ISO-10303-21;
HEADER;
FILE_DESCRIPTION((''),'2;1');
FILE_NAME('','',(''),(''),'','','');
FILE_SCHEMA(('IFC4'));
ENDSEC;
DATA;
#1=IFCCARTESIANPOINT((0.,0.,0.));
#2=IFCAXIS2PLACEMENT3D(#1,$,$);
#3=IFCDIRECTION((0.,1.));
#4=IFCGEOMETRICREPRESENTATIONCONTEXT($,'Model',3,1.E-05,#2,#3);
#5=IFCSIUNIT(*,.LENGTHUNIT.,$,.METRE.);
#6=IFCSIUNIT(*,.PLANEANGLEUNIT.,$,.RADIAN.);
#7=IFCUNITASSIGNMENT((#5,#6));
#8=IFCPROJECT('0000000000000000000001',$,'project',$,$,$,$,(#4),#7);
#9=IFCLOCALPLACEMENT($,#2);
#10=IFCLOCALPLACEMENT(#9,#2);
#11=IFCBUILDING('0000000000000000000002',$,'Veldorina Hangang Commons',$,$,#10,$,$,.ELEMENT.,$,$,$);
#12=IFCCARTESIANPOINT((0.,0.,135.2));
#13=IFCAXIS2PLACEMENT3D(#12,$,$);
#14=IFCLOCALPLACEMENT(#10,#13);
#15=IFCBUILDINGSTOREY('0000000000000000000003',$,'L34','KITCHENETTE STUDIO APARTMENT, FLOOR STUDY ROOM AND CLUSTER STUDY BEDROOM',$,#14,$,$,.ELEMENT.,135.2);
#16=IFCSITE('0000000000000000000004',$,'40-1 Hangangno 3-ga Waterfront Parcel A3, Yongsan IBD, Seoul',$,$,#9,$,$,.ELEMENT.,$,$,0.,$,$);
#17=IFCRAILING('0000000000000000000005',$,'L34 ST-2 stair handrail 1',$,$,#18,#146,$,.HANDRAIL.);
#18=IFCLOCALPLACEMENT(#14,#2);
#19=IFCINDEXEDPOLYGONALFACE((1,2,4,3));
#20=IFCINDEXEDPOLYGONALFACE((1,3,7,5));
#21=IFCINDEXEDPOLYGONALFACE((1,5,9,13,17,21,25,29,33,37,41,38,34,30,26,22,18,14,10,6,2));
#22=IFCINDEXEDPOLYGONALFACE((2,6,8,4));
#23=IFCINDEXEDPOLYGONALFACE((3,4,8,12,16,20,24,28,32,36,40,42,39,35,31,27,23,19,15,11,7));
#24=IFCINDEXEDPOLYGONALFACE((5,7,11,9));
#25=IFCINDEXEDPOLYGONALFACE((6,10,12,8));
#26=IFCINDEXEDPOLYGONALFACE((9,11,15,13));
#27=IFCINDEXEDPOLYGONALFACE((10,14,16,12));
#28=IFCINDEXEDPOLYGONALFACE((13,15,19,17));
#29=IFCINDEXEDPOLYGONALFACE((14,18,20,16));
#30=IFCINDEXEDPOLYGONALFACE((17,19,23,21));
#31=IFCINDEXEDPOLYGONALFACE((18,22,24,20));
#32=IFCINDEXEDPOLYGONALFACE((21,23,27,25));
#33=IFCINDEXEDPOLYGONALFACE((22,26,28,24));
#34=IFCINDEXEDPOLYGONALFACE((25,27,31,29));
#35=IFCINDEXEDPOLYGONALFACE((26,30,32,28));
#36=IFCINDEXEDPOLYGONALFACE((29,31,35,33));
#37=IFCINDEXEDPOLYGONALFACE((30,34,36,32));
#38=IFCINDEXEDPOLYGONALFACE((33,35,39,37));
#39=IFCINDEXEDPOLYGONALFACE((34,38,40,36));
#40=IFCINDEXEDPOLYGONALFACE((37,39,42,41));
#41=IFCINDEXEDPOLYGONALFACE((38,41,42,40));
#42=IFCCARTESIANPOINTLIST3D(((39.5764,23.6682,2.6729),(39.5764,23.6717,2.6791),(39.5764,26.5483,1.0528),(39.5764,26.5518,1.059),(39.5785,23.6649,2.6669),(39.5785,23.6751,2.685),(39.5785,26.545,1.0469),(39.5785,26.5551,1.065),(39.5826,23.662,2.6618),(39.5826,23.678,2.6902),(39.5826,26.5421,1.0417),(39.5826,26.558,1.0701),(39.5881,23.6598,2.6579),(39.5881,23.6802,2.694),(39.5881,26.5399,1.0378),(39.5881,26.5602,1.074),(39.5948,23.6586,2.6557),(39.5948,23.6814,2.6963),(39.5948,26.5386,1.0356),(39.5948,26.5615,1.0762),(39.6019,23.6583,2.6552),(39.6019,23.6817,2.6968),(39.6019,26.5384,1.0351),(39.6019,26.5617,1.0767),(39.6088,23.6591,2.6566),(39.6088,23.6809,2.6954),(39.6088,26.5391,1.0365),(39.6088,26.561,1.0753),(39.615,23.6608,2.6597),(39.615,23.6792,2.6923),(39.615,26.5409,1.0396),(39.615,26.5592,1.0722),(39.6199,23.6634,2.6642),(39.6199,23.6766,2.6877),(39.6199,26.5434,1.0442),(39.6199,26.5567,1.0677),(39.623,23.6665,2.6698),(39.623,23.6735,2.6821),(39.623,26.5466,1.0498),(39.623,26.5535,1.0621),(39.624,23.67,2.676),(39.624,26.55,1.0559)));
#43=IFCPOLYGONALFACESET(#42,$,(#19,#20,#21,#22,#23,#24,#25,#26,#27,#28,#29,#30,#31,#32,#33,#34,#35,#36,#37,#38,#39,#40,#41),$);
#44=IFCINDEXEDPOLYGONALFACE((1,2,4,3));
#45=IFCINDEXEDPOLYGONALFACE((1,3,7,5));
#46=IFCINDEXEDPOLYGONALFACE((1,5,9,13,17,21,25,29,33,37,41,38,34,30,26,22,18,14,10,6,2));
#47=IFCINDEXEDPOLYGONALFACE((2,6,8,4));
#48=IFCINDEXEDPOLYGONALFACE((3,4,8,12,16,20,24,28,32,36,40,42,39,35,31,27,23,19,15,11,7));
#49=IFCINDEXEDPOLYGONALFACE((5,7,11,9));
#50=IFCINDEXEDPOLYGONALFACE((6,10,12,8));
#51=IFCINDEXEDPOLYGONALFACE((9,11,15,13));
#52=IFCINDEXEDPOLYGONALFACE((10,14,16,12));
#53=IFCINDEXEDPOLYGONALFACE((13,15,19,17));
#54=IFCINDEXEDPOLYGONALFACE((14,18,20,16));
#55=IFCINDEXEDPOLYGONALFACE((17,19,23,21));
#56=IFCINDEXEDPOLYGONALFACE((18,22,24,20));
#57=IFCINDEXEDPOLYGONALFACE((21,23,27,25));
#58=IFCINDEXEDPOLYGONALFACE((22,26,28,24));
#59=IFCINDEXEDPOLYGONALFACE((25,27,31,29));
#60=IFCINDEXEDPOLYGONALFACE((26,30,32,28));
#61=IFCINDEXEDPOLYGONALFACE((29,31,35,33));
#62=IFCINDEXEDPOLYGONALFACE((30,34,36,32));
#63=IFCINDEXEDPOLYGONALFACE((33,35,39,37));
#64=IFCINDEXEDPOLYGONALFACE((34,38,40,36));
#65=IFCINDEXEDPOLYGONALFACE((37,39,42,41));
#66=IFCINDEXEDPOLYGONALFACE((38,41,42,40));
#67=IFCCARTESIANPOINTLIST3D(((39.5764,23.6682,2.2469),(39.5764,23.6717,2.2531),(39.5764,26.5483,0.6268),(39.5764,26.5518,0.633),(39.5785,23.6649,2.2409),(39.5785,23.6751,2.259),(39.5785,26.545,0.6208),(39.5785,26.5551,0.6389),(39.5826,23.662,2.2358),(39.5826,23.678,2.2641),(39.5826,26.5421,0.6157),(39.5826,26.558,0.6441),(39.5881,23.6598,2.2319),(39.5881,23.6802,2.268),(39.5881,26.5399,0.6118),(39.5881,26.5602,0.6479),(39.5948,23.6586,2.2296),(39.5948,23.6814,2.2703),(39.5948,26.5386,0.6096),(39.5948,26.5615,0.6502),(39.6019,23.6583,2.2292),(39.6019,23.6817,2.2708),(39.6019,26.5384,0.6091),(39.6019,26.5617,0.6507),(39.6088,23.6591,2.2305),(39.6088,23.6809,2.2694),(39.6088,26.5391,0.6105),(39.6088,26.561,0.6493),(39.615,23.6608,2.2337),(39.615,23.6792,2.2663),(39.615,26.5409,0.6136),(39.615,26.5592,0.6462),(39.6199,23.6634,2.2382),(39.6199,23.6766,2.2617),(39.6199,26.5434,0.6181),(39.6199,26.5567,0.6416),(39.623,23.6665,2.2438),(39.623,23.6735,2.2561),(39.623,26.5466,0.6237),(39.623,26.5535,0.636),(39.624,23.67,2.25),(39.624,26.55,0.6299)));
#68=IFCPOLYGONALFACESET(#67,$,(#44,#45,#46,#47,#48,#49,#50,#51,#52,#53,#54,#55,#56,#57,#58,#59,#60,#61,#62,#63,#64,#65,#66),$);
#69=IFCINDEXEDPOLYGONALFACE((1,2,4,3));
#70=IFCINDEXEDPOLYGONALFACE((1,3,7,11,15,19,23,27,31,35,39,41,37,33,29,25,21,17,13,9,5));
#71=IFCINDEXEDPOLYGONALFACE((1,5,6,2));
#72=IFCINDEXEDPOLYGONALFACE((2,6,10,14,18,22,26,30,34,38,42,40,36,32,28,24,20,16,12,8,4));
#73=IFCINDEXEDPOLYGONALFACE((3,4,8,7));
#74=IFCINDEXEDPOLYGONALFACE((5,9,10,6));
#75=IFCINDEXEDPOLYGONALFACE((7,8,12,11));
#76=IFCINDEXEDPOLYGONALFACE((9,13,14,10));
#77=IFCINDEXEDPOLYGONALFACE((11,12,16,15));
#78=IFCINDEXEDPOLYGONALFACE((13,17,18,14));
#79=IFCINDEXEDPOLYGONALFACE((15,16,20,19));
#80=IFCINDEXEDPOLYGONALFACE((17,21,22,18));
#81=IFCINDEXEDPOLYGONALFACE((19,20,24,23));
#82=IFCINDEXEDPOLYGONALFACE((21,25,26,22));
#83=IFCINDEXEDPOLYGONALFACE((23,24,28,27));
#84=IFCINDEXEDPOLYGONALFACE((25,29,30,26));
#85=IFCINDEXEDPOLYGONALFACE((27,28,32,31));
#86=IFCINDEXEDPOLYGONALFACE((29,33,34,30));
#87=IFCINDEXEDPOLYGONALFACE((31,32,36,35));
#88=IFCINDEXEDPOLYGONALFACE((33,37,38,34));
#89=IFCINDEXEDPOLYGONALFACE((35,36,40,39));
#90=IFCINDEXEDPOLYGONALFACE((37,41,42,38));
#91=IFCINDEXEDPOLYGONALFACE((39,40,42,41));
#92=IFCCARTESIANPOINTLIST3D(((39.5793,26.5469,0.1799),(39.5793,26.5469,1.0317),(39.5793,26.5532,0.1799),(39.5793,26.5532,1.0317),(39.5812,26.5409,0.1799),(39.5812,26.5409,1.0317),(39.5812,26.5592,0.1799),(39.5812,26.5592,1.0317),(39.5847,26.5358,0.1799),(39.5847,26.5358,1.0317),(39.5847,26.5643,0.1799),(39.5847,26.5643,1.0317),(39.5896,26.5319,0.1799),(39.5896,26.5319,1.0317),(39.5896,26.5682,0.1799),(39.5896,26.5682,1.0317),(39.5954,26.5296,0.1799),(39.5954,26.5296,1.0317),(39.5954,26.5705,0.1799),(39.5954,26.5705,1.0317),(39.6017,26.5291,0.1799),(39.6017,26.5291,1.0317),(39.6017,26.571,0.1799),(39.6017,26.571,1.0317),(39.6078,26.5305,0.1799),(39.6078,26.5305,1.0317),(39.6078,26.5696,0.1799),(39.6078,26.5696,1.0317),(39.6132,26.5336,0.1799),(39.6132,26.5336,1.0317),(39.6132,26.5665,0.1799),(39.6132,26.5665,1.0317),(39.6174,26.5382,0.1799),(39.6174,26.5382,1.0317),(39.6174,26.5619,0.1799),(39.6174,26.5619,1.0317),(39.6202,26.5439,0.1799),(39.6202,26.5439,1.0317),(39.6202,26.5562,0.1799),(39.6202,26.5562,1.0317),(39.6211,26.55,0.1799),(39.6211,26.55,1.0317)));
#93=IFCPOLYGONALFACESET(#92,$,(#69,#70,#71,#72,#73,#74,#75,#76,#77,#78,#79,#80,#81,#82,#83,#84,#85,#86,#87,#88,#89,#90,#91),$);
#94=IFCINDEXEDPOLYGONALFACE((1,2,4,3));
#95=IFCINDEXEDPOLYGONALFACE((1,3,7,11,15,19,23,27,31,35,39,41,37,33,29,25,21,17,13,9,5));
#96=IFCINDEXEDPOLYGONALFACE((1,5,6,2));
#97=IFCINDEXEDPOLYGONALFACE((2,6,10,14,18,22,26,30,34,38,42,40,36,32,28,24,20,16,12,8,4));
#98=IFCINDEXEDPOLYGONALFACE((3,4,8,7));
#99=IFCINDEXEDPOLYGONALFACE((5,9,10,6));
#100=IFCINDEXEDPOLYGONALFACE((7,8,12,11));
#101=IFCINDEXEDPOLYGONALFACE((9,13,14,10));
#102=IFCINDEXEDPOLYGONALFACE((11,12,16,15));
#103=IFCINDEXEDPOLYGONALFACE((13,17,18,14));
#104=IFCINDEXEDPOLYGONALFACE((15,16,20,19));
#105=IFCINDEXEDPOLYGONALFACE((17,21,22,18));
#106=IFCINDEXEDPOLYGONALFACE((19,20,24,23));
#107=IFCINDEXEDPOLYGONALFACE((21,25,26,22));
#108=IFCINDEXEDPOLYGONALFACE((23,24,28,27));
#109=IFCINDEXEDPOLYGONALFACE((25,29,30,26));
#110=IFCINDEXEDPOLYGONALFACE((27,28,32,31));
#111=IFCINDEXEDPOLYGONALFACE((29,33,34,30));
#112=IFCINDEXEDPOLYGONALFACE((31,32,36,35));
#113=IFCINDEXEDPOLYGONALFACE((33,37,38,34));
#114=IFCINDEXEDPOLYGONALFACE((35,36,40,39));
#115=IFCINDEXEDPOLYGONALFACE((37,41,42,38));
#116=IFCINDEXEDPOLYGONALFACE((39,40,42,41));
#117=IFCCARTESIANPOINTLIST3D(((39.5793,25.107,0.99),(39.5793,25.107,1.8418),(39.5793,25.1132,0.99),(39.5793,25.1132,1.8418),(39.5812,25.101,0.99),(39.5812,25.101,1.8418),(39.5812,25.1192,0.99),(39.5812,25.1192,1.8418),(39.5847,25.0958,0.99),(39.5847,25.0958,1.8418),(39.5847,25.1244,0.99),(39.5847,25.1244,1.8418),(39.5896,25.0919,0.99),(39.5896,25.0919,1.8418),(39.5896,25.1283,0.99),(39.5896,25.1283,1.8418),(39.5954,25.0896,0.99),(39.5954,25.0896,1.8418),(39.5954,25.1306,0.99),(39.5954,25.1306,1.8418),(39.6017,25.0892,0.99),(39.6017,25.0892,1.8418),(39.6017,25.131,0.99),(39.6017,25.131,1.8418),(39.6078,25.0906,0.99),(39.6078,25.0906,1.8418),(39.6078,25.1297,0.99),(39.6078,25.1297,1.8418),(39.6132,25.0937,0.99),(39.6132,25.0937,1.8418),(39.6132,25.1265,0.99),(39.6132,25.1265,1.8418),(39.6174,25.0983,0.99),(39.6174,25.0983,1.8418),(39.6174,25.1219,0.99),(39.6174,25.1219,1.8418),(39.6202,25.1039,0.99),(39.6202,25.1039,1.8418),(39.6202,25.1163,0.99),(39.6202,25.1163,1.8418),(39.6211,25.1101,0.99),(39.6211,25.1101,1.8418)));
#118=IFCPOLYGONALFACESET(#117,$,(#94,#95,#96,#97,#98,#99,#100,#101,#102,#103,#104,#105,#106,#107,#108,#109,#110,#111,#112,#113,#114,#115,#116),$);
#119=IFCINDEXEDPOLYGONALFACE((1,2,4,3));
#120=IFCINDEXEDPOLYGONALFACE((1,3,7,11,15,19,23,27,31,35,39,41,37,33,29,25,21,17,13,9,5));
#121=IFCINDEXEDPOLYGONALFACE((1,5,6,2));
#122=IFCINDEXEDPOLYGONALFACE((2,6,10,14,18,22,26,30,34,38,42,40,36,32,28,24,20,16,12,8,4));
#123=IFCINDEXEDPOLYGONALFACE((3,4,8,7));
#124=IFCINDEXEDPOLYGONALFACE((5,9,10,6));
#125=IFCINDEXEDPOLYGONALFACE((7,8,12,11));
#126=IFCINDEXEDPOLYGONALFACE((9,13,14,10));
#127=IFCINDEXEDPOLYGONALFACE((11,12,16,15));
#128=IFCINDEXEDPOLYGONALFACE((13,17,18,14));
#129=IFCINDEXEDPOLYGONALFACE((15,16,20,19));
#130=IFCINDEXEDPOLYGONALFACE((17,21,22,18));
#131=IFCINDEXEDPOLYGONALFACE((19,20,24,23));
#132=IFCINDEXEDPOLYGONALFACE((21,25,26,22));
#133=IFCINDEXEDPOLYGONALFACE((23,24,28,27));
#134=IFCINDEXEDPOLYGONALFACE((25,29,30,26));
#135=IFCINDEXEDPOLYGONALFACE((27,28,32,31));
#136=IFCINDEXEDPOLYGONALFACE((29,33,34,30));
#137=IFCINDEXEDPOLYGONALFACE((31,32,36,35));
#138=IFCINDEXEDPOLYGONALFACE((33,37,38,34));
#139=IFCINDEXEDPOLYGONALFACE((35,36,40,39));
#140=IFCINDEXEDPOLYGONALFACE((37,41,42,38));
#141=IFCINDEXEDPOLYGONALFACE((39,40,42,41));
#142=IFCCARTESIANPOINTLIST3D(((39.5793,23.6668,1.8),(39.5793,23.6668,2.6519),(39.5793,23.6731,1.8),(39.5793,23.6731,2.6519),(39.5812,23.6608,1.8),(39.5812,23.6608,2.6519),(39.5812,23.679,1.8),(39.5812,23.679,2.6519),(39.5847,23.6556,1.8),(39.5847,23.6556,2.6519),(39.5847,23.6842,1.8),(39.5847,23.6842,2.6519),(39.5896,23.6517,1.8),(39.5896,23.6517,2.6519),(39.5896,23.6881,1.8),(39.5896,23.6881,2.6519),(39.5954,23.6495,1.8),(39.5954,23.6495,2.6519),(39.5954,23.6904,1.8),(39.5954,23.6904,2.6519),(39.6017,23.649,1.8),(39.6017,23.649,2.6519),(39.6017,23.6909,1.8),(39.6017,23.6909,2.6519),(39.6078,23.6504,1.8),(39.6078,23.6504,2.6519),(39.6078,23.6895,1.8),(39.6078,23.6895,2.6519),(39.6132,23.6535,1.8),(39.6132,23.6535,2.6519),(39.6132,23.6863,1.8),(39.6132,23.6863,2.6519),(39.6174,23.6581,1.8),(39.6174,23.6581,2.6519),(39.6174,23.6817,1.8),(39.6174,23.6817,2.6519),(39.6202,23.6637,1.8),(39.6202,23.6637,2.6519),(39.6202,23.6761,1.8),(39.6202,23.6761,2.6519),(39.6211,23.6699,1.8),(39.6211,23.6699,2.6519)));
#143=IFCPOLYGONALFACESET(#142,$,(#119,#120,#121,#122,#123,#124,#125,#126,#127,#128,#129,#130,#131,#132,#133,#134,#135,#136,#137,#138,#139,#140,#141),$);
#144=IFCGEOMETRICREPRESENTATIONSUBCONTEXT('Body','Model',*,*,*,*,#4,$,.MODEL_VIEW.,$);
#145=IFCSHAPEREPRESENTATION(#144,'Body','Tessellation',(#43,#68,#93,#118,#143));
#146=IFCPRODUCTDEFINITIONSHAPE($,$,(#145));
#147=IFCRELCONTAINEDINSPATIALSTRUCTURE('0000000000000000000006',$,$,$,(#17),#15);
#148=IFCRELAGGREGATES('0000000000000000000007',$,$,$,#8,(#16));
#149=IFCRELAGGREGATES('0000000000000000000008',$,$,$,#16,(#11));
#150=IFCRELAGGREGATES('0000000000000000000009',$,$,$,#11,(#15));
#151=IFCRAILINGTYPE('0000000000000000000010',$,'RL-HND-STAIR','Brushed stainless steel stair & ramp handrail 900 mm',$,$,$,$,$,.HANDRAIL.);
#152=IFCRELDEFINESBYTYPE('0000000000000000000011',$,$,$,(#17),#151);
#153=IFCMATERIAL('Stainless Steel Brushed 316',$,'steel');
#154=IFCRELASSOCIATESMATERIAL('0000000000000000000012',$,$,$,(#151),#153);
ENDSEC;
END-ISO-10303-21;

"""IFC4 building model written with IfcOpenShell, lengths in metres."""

from ifc_helpers import new_model, si_unit, direction, frame, origin, origin_2d, place, context, subcontext, project, spatial, circle, extrude, material, type_object, element, save


model = new_model("IFC4")

# Units and contexts
model_context = context("Model", 3, precision=1e-05, world=origin(), true_north=direction((0.0, 1.0)))
body_context = subcontext(model_context, "Body", "Model", "MODEL_VIEW")
ifc_project = project(units=[si_unit("LENGTHUNIT", "METRE"), si_unit("PLANEANGLEUNIT", "RADIAN")], contexts=[model_context])

# Site, building, storey
site_placement = place(None, origin())
site = spatial("IfcSite", under=ifc_project, at=site_placement, Name="40-1 Hangangno 3-ga Waterfront Parcel A3, Yongsan IBD, Seoul", CompositionType="ELEMENT", RefElevation=0.0)
building_placement = place(site_placement, origin())
building = spatial("IfcBuilding", under=site, at=building_placement, Name="Veldorina Hangang Commons", CompositionType="ELEMENT")
storey_placement = place(building_placement, frame((0.0, 0.0, 135.2)))
storey = spatial("IfcBuildingStorey", under=building, at=storey_placement, Name="L34", Description="KITCHENETTE STUDIO APARTMENT, FLOOR STUDY ROOM AND CLUSTER STUDY BEDROOM", CompositionType="ELEMENT", Elevation=135.2)

# Railing
ifc_material_1 = material(Name="Stainless Steel Brushed 316", Category="steel")
railing_type_1 = type_object("IfcRailingType", Name="RL-HND-STAIR", Description="Brushed stainless steel stair & ramp handrail 900 mm", PredefinedType="HANDRAIL", material=ifc_material_1)
railing_1_placement = place(storey_placement, frame((39.6001, 26.55, 0.1799)))
element("IfcRailing", 1, at=railing_1_placement, inside=storey, type_object=railing_type_1, Name="L34 ST-2 stair handrail 1", PredefinedType="HANDRAIL", context=body_context, shape_type="SweptSolid", body=[
    extrude(circle(Radius=0.0239, at=origin_2d()), frame((0.0, 0.0, 0.876), z_axis=(0.0, -0.87157, 0.490272), x_axis=(1.0, 0.0, 0.0)), (0.0, 0.0, 1.0), 3.3044),
    extrude(circle(Radius=0.0239, at=origin_2d()), frame((0.0, 0.0, 0.45), z_axis=(0.0, -0.87157, 0.490272), x_axis=(1.0, 0.0, 0.0)), (0.0, 0.0, 1.0), 3.3044),
    extrude(circle(Radius=0.021, at=origin_2d()), origin(), (0.0, 0.0, 1.0), 0.8518),
    extrude(circle(Radius=0.021, at=origin_2d()), frame((0.0, -1.4399, 0.8101)), (0.0, 0.0, 1.0), 0.8518),
    extrude(circle(Radius=0.021, at=origin_2d()), frame((0.0, -2.8801, 1.6201)), (0.0, 0.0, 1.0), 0.8518),
])

save(model, "model.ifc")
